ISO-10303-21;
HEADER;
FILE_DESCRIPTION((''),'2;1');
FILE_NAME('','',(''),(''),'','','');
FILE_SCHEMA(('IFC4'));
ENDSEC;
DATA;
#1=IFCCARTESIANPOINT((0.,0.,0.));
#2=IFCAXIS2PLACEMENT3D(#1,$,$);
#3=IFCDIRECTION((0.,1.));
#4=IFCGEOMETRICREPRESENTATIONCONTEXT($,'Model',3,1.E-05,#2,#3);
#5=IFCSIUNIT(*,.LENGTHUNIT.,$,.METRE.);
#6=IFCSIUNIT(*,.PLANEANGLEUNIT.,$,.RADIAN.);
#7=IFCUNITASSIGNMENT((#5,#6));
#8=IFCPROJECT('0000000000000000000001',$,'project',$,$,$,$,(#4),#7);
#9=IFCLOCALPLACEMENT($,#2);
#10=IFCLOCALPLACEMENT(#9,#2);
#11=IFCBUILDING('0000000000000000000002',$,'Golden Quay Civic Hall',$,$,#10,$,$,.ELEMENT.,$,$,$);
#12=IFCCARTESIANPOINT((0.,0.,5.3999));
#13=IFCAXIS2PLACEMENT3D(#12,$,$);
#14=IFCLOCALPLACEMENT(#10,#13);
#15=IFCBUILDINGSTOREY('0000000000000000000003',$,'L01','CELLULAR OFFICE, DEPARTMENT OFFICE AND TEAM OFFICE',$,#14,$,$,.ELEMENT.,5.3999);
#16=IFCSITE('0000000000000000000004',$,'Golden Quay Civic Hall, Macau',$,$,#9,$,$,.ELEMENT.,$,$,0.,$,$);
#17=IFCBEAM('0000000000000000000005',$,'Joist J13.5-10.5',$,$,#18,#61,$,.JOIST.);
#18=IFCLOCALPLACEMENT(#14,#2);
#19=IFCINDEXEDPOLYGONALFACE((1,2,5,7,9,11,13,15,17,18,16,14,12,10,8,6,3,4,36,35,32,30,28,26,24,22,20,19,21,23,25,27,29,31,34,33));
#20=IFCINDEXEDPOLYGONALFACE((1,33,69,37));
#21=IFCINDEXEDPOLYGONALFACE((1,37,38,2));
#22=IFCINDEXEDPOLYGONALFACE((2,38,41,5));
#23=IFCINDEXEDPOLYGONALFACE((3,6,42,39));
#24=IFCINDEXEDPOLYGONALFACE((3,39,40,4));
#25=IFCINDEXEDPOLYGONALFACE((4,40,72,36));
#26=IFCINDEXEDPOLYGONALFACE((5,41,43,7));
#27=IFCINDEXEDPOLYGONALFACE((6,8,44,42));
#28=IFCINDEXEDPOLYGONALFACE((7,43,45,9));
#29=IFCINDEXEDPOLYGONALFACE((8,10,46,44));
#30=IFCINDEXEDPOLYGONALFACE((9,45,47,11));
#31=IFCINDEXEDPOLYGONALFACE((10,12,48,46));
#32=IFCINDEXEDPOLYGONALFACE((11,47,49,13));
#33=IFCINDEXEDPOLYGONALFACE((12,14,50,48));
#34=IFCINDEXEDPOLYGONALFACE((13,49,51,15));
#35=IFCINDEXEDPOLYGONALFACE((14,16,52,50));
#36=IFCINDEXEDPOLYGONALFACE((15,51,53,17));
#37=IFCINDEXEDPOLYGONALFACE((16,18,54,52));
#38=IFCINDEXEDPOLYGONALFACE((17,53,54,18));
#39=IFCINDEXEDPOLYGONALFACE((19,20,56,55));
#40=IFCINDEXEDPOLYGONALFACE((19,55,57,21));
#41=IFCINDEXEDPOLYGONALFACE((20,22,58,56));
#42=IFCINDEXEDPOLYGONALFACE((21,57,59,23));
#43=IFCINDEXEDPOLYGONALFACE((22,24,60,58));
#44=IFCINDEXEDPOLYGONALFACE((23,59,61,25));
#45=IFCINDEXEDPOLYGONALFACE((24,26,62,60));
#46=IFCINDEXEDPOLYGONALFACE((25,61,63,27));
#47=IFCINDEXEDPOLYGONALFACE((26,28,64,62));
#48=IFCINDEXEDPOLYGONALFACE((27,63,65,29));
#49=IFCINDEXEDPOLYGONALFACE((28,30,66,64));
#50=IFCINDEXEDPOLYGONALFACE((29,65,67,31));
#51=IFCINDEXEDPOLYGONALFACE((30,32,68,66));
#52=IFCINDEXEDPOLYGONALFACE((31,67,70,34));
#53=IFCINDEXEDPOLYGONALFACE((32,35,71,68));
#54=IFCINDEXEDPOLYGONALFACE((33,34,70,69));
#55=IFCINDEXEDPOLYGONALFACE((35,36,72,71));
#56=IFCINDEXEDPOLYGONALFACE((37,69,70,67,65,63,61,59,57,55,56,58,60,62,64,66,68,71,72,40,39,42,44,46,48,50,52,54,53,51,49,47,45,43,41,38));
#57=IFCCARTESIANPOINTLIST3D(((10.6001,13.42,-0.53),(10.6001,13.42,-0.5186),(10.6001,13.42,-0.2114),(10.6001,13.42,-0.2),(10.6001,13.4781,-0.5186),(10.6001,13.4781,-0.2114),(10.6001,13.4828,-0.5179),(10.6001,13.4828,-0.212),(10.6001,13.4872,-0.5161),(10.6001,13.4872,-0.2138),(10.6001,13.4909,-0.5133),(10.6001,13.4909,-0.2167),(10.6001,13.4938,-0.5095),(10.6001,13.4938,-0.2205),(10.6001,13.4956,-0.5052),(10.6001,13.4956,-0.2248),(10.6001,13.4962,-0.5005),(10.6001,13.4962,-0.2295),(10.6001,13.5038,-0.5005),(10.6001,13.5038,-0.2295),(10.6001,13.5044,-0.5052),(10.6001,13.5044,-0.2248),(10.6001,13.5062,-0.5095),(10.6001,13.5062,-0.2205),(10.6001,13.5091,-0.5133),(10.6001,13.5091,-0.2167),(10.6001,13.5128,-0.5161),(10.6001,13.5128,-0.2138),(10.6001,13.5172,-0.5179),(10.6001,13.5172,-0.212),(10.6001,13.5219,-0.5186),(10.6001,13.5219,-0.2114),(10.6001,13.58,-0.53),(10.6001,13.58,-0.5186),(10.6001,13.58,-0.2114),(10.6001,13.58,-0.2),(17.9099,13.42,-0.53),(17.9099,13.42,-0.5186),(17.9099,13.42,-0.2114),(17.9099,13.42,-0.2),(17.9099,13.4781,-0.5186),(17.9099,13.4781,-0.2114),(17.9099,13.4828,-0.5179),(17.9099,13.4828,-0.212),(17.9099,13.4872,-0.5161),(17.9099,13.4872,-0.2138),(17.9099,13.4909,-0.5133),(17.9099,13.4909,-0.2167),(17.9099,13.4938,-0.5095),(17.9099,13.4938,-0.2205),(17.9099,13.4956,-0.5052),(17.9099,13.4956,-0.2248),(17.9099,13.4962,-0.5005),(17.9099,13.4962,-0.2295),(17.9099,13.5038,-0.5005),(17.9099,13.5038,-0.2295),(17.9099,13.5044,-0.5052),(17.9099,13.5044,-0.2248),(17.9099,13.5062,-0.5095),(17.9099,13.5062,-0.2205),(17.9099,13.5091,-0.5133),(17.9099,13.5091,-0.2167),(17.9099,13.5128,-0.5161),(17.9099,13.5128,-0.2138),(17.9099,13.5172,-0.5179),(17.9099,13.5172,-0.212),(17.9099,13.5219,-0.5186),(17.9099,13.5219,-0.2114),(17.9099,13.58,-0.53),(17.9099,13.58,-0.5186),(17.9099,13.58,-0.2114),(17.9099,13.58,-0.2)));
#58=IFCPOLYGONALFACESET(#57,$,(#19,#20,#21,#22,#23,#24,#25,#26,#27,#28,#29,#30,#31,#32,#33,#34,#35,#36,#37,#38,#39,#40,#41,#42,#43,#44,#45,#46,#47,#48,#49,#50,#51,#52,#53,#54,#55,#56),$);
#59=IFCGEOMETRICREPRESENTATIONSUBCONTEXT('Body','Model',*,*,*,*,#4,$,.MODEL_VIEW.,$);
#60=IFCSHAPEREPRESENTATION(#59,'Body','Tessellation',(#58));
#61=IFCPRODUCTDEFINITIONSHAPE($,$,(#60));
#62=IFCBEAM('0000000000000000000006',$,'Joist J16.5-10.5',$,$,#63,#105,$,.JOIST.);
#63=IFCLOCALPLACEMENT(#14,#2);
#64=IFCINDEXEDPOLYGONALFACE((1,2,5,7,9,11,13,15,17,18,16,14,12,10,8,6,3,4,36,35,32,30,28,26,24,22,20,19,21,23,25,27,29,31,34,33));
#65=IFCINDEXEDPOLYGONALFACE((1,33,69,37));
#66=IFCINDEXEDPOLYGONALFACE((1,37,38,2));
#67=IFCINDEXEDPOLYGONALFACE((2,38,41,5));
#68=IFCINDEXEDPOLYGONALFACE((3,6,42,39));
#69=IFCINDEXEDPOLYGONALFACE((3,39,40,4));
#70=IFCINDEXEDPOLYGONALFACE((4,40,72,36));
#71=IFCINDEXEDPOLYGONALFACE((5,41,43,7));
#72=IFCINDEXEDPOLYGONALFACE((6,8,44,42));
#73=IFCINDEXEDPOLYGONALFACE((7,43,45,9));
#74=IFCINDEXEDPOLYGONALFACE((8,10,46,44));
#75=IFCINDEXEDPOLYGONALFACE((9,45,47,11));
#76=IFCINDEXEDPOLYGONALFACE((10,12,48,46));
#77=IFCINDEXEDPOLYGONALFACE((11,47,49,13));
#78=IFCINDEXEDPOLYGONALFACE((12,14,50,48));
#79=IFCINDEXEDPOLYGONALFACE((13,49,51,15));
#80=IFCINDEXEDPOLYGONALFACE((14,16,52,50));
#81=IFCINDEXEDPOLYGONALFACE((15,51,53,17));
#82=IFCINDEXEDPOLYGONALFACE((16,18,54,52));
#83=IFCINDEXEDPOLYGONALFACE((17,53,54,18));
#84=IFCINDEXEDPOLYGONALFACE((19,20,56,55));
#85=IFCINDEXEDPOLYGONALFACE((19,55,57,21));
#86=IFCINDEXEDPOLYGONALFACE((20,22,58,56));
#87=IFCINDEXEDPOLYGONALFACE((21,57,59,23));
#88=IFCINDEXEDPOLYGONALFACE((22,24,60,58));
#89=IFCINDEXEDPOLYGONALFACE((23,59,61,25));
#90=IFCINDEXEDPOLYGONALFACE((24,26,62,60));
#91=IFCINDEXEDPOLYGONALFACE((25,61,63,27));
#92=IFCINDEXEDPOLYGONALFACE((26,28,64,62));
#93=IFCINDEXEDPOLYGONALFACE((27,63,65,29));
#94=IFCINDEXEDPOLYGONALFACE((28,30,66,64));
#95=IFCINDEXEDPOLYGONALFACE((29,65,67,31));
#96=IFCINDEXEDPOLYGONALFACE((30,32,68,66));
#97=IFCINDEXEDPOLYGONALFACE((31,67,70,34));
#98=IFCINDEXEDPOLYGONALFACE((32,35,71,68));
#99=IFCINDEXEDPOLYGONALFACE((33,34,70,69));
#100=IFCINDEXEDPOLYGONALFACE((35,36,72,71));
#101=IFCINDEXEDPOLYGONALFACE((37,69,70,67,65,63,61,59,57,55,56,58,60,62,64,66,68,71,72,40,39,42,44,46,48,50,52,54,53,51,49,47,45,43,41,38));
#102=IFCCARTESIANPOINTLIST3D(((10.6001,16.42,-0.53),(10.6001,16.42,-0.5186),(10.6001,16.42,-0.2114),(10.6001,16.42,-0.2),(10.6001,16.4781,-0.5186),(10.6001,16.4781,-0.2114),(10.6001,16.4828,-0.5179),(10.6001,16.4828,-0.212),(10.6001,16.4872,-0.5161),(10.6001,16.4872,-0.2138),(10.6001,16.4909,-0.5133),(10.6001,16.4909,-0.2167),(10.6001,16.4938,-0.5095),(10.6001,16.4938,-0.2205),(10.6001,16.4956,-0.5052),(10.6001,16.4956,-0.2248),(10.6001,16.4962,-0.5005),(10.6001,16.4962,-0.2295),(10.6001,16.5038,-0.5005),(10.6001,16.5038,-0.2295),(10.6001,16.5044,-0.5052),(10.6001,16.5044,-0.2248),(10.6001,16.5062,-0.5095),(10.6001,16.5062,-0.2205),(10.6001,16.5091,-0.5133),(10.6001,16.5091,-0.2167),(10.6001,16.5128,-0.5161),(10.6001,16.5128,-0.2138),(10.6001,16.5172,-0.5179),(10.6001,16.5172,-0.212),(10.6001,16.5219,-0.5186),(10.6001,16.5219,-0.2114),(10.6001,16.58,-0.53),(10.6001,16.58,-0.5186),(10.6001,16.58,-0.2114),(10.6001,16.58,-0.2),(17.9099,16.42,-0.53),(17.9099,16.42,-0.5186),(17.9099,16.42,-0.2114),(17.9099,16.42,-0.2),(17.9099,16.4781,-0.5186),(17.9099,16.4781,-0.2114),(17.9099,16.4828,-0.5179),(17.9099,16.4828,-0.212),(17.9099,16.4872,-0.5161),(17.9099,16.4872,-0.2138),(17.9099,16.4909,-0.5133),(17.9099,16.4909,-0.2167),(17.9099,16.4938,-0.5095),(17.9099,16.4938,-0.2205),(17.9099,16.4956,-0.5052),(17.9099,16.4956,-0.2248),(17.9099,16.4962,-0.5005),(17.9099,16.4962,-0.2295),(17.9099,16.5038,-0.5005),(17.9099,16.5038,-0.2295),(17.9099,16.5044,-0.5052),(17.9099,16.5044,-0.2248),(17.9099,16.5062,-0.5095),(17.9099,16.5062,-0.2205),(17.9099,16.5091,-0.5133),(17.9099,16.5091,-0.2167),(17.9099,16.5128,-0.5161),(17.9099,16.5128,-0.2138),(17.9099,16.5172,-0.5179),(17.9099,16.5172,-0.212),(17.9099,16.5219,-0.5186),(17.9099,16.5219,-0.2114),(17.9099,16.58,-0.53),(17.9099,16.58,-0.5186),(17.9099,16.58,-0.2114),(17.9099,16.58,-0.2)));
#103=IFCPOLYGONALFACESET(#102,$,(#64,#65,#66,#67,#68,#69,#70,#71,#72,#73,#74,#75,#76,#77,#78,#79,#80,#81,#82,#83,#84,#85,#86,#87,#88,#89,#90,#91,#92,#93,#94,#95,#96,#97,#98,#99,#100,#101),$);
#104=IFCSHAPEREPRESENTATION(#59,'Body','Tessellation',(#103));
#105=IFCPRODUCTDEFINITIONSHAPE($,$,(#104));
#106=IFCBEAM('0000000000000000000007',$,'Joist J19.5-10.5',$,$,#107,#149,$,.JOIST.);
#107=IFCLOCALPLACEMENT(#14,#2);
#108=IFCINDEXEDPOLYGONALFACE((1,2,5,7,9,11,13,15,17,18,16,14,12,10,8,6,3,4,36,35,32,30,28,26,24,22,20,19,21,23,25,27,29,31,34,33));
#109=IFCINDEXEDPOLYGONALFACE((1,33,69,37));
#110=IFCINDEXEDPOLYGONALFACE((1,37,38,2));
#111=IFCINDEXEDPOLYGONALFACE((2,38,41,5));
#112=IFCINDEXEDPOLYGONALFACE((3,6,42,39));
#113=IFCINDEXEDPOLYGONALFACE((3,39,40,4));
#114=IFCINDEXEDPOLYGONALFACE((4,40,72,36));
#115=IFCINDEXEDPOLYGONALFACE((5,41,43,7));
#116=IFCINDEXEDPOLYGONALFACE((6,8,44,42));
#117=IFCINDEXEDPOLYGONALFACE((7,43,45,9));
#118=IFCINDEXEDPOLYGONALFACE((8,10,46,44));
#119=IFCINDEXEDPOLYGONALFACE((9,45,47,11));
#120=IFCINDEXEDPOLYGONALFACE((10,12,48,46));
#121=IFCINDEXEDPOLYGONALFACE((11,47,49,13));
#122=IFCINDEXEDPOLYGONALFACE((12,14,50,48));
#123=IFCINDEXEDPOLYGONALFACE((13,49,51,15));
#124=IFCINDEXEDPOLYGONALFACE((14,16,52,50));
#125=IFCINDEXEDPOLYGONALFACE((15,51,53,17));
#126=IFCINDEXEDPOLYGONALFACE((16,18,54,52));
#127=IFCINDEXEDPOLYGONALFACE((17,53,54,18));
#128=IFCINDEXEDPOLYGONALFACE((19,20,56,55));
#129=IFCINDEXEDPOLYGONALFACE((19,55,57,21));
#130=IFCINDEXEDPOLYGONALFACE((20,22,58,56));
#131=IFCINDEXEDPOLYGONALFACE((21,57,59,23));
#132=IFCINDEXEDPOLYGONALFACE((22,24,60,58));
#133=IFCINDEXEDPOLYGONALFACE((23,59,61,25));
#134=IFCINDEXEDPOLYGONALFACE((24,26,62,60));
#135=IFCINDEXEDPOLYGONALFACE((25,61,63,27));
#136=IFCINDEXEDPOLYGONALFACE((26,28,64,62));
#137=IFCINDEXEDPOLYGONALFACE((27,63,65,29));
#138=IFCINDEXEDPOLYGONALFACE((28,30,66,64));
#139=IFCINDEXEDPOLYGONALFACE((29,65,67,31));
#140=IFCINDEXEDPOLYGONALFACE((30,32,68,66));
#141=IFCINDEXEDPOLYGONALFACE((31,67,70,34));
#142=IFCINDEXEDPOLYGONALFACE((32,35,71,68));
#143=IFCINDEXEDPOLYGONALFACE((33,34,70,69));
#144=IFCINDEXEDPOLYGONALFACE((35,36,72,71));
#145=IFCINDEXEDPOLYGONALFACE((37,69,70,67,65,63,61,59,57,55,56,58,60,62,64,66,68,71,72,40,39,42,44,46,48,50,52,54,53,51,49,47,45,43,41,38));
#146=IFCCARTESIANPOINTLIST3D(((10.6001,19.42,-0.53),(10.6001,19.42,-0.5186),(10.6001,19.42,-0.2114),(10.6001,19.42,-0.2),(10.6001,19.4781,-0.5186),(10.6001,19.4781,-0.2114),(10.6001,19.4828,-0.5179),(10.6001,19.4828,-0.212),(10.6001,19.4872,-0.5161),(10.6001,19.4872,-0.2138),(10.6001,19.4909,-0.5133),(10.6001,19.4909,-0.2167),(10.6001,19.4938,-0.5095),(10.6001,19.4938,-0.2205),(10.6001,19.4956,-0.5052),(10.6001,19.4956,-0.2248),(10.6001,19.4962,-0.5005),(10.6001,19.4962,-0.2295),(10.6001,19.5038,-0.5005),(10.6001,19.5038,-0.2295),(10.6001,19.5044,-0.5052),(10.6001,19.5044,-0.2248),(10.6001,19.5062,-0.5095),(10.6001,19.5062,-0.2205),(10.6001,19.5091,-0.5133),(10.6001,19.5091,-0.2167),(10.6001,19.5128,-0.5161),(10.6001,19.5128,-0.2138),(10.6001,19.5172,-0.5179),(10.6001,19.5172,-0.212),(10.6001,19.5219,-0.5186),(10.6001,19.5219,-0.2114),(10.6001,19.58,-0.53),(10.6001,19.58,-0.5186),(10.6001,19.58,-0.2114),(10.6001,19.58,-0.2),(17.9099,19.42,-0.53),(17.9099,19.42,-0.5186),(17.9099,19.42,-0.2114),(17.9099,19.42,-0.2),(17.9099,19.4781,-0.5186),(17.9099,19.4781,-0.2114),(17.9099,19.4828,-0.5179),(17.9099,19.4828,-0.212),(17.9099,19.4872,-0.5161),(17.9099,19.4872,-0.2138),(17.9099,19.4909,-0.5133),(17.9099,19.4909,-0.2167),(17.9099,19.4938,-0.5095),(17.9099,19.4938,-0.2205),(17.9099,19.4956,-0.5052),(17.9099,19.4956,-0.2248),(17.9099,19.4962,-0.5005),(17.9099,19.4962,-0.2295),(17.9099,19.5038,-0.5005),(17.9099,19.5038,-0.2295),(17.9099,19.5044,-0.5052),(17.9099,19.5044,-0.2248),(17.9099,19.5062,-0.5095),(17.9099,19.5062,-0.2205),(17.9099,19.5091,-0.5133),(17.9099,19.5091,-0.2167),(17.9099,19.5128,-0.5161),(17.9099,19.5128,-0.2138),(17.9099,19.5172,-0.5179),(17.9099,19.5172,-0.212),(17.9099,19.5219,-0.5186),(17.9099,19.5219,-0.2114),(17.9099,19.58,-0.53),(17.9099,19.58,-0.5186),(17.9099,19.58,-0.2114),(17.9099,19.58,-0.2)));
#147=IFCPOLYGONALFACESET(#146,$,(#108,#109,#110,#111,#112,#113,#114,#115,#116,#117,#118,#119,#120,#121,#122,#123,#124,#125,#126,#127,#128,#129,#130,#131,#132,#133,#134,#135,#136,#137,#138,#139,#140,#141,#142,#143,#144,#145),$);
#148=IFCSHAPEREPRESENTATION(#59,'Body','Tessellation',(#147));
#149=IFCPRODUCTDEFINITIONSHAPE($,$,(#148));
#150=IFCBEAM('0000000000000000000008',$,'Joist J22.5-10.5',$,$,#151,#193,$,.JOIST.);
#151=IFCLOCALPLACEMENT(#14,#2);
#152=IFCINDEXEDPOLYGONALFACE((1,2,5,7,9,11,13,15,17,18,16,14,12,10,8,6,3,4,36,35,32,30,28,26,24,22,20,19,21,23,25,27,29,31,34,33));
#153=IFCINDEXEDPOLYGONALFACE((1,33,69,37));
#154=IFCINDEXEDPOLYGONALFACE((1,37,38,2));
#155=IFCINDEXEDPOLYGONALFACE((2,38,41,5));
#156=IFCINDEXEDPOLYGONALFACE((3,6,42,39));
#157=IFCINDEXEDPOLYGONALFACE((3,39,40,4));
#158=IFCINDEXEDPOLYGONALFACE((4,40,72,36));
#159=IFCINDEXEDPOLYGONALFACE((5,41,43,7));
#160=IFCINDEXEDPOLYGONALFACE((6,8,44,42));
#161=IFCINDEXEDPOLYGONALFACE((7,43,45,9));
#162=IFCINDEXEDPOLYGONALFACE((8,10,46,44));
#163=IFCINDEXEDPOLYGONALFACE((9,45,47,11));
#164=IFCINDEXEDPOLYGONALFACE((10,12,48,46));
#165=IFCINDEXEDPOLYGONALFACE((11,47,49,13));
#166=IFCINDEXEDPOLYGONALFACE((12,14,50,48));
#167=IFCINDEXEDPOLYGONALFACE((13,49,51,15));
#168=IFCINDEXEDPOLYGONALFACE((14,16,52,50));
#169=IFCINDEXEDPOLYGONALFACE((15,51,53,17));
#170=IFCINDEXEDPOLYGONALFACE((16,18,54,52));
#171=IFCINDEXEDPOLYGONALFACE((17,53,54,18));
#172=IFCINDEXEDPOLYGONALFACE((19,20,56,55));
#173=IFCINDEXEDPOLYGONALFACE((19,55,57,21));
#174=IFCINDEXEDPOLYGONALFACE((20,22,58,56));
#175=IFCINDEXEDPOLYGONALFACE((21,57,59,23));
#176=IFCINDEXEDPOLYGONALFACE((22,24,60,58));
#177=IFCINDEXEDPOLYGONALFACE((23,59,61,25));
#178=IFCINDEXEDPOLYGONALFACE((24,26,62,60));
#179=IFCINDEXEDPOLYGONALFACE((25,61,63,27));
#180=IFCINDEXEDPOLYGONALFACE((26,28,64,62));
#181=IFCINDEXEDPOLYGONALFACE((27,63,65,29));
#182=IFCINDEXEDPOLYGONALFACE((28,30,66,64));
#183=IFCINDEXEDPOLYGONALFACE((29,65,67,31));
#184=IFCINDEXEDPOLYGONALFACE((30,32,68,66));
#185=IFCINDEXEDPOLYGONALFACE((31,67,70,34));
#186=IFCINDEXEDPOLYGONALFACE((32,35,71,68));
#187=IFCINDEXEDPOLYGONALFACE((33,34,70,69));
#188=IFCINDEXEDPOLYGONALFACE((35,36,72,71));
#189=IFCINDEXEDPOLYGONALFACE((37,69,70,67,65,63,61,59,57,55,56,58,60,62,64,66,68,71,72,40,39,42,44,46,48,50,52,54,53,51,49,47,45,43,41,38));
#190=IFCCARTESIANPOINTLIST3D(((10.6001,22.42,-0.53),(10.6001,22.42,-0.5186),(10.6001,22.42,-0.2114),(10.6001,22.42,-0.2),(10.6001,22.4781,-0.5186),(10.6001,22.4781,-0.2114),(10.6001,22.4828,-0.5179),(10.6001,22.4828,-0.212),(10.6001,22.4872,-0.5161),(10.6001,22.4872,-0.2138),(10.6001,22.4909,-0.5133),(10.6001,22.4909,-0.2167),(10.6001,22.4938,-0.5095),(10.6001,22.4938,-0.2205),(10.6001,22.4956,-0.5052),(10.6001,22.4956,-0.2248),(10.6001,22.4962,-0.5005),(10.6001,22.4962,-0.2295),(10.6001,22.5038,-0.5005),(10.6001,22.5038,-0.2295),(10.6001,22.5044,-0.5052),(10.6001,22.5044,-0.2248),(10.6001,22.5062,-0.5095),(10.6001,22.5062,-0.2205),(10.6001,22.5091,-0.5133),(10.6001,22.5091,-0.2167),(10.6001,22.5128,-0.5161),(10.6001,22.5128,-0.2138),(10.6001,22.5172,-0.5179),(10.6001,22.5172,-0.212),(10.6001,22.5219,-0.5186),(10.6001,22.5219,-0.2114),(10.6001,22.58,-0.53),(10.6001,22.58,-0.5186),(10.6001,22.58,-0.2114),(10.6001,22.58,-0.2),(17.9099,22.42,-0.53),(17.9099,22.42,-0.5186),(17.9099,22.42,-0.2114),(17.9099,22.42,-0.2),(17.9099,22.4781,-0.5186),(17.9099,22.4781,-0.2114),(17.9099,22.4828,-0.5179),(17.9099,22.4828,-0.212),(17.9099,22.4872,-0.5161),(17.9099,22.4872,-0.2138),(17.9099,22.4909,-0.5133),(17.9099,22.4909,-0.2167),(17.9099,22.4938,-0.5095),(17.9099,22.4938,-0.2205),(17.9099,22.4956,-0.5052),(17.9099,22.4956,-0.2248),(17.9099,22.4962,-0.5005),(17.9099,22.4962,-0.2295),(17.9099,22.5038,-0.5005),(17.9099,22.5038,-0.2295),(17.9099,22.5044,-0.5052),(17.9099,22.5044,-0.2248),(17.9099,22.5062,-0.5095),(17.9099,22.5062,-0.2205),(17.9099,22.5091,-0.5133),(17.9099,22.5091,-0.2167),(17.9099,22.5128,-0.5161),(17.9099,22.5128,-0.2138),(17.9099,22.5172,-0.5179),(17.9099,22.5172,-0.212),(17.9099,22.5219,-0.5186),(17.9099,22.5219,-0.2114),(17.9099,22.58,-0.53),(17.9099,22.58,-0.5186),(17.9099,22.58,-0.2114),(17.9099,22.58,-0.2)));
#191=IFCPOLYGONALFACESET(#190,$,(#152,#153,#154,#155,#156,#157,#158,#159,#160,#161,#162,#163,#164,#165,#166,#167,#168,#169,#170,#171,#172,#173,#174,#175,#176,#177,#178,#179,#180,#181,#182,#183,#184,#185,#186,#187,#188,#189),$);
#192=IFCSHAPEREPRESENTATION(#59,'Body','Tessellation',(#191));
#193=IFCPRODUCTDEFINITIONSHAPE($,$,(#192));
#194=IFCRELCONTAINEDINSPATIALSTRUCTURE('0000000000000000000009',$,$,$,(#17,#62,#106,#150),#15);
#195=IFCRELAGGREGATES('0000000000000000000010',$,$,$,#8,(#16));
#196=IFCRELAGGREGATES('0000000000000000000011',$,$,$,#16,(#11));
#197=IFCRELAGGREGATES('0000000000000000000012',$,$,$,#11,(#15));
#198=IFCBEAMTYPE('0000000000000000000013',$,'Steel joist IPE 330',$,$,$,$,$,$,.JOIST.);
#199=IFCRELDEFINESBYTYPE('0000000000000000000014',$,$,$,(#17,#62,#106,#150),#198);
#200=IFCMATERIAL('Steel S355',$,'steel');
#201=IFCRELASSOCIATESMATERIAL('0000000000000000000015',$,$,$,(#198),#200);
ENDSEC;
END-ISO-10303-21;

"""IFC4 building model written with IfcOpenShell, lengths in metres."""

from ifc_helpers import new_model, si_unit, direction, frame, origin, origin_2d, place, context, subcontext, project, spatial, i_section, extrude, material, material_profile, profile_set, type_object, element, save


model = new_model("IFC4")

# Units and contexts
model_context = context("Model", 3, precision=1e-05, world=origin(), true_north=direction((0.0, 1.0)))
body_context = subcontext(model_context, "Body", "Model", "MODEL_VIEW")
ifc_project = project(units=[si_unit("LENGTHUNIT", "METRE"), si_unit("PLANEANGLEUNIT", "RADIAN")], contexts=[model_context])

# Site, building, storey
site_placement = place(None, origin())
site = spatial("IfcSite", under=ifc_project, at=site_placement, Name="Golden Quay Civic Hall, Macau", CompositionType="ELEMENT", RefElevation=0.0)
building_placement = place(site_placement, origin())
building = spatial("IfcBuilding", under=site, at=building_placement, Name="Golden Quay Civic Hall", CompositionType="ELEMENT")
storey_placement = place(building_placement, frame((0.0, 0.0, 5.3999)))
storey = spatial("IfcBuildingStorey", under=building, at=storey_placement, Name="L01", Description="CELLULAR OFFICE, DEPARTMENT OFFICE AND TEAM OFFICE", CompositionType="ELEMENT", Elevation=5.3999)

# Beams
ifc_material_1 = material(Name="Steel S355", Category="steel")
ifc_material_profile_1 = material_profile(ifc_material_1, i_section(OverallWidth=0.1599, OverallDepth=0.3301, WebThickness=0.0076, FlangeThickness=0.0115, FilletRadius=0.0181, at=origin_2d()), Name="IPE 330")
ifc_profile_set_1 = profile_set([ifc_material_profile_1], Name="Steel S355")
beam_type_1 = type_object("IfcBeamType", Name="Steel joist IPE 330", PredefinedType="JOIST", material=ifc_profile_set_1)
for number, where, z_axis, x_axis, name in (
    (1, (10.6001, 13.5, -0.365), (1.0, 0.0, 0.0), (0.0, 1.0, 0.0), "Joist J13.5-10.5"),
    (2, (10.6001, 16.5, -0.365), (1.0, 0.0, 0.0), (0.0, 1.0, 0.0), "Joist J16.5-10.5"),
    (3, (10.6001, 19.5, -0.365), (1.0, 0.0, 0.0), (0.0, 1.0, 0.0), "Joist J19.5-10.5"),
    (4, (10.6001, 22.5, -0.365), (1.0, 0.0, 0.0), (0.0, 1.0, 0.0), "Joist J22.5-10.5"),
):
    element("IfcBeam", number, at=place(storey_placement, frame(where, z_axis=z_axis, x_axis=x_axis)), inside=storey, type_object=beam_type_1, Name=name, PredefinedType="JOIST", context=body_context, shape_type="SweptSolid", body=[
        extrude(i_section(OverallWidth=0.1599, OverallDepth=0.3301, WebThickness=0.0076, FlangeThickness=0.0115, FilletRadius=0.0181, at=origin_2d()), origin(), (0.0, 0.0, 1.0), 7.3098),
    ])

save(model, "model.ifc")
